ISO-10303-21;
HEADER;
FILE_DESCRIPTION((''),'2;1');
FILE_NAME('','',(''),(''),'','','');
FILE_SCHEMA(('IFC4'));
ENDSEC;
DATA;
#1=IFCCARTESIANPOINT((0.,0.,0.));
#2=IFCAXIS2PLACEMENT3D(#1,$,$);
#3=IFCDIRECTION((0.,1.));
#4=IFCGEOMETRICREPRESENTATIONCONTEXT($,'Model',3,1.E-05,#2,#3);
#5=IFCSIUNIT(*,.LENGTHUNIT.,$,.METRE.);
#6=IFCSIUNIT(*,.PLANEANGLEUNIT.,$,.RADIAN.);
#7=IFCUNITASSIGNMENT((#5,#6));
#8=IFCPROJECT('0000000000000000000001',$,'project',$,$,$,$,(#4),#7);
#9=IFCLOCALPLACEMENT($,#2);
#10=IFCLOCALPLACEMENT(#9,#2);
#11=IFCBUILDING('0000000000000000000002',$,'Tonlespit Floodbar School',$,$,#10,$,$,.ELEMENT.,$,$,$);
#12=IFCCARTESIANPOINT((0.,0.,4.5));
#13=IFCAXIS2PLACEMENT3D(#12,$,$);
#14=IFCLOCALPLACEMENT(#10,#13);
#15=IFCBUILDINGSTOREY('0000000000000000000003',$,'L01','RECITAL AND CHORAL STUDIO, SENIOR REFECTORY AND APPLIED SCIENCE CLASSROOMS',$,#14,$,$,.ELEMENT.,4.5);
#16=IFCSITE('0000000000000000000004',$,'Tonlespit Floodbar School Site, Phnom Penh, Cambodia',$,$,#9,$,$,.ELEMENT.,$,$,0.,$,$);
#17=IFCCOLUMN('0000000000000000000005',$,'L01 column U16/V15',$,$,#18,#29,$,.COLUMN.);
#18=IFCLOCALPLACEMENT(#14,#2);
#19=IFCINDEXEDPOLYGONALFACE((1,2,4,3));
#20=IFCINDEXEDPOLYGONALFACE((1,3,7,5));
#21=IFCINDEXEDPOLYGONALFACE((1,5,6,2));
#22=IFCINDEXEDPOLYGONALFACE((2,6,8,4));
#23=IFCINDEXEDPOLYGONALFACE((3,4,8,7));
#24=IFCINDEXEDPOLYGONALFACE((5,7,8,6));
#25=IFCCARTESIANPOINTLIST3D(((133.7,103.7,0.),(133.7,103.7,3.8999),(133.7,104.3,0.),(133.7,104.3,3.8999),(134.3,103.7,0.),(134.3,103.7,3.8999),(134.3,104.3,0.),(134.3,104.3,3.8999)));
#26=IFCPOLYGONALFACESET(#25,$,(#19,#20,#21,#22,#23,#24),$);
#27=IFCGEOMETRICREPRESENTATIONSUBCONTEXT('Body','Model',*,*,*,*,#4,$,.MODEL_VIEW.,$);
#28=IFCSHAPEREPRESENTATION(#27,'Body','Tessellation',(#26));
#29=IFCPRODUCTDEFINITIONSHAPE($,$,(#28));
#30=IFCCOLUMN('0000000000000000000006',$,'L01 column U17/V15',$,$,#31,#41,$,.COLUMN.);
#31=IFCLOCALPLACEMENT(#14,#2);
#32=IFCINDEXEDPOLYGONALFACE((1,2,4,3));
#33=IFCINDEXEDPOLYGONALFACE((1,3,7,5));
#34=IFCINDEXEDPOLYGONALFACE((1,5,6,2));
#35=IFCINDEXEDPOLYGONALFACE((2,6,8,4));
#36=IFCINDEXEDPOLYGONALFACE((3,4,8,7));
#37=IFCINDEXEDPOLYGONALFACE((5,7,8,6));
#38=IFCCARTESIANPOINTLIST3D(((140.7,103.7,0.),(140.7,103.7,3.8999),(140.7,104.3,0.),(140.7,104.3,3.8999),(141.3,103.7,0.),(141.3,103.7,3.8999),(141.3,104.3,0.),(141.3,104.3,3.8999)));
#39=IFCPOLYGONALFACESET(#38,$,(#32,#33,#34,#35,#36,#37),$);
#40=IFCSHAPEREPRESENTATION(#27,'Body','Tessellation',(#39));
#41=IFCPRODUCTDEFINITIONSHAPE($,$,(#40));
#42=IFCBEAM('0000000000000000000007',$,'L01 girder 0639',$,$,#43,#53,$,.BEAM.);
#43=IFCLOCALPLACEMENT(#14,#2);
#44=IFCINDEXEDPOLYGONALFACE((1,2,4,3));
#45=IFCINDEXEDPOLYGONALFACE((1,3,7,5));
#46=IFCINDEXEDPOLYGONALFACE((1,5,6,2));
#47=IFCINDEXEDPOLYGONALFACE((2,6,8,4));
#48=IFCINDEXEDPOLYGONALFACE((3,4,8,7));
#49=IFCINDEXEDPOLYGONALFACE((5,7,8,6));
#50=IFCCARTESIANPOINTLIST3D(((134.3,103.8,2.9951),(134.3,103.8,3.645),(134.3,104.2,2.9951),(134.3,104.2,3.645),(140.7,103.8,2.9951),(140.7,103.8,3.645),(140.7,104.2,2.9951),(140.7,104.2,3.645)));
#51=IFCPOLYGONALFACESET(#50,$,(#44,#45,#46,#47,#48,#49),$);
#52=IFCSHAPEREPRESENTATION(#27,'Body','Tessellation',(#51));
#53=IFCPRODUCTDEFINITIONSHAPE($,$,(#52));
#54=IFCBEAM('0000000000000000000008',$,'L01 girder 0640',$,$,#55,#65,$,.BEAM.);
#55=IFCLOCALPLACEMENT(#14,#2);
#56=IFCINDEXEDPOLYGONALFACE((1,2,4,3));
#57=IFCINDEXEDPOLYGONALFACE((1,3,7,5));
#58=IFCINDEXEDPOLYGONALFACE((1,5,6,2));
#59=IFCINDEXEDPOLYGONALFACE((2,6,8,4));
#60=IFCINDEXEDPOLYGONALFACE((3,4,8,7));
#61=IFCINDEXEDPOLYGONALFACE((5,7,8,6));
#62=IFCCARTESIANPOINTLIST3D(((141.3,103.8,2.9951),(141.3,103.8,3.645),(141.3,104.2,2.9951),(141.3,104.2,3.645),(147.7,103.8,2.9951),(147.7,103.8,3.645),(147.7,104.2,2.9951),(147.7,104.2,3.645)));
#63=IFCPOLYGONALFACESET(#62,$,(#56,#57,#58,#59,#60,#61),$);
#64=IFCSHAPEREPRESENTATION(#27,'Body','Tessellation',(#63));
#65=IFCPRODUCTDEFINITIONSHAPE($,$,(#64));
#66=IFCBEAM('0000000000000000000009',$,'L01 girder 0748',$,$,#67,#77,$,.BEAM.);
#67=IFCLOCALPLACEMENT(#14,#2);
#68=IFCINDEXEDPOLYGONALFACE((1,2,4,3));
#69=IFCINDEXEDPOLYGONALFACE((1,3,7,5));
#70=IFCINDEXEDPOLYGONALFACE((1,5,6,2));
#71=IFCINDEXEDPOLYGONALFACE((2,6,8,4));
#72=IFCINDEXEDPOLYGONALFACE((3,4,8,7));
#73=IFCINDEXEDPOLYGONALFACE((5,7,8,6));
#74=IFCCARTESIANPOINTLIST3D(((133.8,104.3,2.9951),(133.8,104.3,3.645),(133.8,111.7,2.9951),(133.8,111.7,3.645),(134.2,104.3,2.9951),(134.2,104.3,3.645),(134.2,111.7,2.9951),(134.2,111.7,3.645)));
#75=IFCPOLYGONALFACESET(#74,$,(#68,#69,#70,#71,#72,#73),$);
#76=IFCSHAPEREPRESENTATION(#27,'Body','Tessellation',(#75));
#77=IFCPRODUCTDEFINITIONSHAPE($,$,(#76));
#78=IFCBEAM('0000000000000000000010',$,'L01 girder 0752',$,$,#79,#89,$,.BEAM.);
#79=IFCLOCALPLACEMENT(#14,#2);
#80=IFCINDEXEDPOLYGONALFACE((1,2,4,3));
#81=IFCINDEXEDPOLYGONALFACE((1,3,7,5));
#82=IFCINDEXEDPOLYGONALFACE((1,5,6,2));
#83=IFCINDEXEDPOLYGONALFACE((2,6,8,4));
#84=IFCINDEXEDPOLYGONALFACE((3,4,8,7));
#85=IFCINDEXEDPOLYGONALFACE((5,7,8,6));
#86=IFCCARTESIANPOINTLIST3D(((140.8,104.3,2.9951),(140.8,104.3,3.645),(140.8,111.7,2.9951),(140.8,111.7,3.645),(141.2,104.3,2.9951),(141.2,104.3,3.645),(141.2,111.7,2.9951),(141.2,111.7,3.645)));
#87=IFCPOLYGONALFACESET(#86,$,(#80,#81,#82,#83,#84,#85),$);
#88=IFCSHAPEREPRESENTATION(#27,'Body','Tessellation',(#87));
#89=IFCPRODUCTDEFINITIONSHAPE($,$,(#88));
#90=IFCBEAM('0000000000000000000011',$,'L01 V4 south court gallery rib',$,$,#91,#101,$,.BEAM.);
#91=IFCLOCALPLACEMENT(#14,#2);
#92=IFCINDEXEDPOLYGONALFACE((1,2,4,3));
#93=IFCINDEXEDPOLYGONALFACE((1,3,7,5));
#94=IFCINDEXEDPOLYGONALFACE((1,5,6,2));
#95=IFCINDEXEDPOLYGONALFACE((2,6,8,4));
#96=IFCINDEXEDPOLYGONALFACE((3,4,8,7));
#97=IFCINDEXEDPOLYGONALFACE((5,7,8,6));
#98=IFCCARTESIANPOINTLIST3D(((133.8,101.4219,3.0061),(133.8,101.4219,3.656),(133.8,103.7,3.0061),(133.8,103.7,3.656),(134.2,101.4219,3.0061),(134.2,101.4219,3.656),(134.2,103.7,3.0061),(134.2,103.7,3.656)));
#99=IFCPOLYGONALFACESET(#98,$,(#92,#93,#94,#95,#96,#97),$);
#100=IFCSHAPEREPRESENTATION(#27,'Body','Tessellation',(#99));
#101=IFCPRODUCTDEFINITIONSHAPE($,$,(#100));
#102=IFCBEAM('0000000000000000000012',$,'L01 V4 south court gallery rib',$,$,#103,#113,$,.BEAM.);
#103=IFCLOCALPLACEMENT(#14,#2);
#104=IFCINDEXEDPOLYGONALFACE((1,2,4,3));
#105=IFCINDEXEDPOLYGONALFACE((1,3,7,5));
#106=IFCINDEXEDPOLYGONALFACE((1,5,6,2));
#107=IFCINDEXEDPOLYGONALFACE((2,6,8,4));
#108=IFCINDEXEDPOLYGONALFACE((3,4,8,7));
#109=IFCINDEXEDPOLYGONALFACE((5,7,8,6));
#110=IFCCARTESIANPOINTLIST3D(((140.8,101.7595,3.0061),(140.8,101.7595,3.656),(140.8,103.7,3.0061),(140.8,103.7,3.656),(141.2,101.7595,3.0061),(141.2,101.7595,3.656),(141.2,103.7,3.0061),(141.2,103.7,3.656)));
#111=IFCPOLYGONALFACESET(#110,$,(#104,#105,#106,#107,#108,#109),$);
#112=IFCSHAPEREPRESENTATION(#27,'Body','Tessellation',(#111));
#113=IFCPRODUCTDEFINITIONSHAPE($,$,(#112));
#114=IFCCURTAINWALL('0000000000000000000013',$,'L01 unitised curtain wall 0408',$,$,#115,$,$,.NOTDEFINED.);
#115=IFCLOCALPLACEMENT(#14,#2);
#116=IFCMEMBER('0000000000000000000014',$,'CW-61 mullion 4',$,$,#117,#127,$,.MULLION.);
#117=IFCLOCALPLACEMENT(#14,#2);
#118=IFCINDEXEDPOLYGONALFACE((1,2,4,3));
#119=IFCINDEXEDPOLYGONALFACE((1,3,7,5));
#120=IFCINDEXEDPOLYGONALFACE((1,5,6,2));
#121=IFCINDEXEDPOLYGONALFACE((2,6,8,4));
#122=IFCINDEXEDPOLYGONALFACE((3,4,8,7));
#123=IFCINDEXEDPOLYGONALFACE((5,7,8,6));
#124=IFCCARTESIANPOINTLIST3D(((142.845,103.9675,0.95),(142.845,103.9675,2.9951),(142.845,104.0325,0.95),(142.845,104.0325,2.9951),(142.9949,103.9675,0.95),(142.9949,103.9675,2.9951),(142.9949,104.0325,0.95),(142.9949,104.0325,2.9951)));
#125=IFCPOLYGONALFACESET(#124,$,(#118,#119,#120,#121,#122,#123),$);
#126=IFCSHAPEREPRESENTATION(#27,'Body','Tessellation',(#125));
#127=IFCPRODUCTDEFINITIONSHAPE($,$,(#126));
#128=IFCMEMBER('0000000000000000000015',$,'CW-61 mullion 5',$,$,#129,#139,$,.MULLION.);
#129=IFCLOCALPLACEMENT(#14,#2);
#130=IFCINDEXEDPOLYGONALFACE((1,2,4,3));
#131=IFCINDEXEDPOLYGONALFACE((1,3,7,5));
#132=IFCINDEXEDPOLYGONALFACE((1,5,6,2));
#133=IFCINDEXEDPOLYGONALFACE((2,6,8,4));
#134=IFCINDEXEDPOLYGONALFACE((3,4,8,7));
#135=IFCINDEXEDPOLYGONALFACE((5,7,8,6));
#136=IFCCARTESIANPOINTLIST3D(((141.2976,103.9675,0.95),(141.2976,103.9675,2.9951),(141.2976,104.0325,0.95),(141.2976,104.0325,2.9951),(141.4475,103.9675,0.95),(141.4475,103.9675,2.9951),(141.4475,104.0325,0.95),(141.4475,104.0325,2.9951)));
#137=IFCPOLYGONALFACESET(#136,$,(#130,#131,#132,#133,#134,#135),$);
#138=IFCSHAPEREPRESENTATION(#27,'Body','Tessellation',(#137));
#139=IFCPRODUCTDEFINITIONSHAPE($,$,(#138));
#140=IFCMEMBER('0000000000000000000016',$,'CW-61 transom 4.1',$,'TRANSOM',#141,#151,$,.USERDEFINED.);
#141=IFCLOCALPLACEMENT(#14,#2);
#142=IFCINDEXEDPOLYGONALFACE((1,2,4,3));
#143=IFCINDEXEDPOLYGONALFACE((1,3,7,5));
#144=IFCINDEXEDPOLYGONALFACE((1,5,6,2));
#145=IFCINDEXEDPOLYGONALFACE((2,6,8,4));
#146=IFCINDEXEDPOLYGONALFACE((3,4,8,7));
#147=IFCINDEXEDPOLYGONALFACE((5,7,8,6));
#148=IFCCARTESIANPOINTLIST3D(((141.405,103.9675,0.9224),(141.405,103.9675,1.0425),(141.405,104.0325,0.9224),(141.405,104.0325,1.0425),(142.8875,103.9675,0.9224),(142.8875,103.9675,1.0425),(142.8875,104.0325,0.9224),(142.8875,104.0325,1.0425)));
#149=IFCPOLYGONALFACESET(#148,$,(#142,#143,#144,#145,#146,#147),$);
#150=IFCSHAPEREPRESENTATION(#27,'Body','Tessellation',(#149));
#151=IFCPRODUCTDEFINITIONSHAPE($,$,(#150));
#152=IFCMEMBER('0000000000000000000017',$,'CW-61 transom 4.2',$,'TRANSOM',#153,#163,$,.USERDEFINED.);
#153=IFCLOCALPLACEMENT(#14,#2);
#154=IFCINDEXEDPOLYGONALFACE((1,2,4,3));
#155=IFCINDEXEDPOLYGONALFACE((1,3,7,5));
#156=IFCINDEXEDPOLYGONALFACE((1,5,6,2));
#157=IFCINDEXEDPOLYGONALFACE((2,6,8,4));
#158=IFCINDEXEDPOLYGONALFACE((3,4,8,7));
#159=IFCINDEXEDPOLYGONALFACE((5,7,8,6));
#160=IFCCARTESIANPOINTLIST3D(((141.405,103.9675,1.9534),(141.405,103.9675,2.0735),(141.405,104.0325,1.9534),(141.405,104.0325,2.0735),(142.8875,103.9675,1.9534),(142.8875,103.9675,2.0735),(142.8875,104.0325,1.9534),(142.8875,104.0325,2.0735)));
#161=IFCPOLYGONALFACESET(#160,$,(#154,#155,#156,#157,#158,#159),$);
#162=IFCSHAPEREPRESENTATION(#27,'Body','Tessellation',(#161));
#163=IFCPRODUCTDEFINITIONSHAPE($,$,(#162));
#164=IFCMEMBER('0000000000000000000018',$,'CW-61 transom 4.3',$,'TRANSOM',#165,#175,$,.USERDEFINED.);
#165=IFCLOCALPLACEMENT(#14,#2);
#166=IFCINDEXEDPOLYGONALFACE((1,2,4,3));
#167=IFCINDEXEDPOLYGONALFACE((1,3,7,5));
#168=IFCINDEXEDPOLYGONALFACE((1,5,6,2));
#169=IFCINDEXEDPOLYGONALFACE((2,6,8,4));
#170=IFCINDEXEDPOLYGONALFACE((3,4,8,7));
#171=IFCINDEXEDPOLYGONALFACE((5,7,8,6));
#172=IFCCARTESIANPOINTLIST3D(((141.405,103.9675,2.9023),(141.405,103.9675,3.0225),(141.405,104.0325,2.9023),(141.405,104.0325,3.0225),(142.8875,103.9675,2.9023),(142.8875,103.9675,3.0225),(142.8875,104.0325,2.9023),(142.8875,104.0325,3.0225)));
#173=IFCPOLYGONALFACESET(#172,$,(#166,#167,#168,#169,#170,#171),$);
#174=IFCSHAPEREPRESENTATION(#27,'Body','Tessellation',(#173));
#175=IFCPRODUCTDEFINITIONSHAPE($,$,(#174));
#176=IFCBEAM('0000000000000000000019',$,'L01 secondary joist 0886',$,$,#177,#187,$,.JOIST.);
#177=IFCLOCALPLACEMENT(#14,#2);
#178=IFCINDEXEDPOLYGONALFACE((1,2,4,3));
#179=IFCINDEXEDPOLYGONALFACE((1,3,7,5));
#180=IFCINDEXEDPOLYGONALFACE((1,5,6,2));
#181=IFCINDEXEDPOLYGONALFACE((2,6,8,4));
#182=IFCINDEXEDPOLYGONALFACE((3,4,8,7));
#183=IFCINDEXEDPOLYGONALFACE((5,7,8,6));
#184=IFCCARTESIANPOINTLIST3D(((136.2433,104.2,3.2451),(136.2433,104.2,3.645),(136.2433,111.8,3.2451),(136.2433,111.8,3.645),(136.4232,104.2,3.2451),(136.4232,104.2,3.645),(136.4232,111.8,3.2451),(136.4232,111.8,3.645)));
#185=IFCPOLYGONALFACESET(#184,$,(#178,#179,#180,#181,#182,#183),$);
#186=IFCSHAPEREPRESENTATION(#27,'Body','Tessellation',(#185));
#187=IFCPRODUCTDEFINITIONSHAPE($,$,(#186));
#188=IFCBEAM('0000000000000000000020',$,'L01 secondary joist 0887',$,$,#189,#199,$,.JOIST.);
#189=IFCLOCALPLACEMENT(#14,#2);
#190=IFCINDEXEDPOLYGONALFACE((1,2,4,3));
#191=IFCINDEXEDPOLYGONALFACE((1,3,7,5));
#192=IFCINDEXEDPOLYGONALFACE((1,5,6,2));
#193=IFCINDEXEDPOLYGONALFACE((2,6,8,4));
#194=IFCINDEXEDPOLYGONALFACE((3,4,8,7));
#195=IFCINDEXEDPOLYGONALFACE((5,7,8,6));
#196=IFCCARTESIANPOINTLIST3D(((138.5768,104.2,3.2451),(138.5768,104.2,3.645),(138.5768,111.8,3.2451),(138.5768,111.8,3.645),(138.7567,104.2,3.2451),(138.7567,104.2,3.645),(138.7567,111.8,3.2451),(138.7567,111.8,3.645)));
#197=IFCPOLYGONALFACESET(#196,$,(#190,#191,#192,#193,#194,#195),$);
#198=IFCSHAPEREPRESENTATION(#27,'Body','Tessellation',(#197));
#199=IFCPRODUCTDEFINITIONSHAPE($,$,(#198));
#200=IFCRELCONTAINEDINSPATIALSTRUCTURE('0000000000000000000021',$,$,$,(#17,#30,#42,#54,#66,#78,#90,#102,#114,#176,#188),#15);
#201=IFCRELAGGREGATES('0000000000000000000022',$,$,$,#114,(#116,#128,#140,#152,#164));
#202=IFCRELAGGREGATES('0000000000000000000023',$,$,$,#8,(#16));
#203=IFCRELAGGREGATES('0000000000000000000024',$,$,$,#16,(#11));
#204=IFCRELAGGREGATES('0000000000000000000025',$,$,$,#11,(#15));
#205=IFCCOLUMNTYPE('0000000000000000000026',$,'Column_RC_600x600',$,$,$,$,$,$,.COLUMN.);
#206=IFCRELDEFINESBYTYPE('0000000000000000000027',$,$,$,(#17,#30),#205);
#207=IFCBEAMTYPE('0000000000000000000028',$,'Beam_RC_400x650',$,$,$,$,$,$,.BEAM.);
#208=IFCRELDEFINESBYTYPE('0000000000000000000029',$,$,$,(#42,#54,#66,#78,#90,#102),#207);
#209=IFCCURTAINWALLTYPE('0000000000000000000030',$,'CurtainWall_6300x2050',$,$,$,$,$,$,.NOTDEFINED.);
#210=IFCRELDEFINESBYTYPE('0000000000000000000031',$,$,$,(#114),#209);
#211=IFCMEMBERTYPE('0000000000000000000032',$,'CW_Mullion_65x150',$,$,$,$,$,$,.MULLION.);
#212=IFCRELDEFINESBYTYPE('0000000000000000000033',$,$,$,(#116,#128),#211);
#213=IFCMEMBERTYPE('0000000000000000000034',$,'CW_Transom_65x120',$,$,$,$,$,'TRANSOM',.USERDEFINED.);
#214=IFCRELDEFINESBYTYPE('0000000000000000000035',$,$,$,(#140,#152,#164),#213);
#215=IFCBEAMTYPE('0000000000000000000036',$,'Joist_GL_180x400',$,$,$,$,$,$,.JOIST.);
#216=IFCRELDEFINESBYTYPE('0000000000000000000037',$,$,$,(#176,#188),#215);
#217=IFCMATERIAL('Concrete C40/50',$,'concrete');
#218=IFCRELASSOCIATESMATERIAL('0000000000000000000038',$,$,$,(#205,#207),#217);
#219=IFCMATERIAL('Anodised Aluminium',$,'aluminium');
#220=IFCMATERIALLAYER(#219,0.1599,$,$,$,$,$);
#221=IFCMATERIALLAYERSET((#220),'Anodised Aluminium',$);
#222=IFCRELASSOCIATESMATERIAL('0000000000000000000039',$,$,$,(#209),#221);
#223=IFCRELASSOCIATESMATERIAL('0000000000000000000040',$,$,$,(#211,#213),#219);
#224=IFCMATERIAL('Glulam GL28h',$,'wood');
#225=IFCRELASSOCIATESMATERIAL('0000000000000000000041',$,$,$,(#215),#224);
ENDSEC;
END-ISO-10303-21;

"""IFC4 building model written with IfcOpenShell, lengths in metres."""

from ifc_helpers import new_model, si_unit, direction, frame, origin, origin_2d, place, context, subcontext, project, spatial, rectangle, extrude, material, layer, layer_set, material_profile, profile_set, type_object, element, aggregate, save


model = new_model("IFC4")

# Units and contexts
model_context = context("Model", 3, precision=1e-05, world=origin(), true_north=direction((0.0, 1.0)))
body_context = subcontext(model_context, "Body", "Model", "MODEL_VIEW")
ifc_project = project(units=[si_unit("LENGTHUNIT", "METRE"), si_unit("PLANEANGLEUNIT", "RADIAN")], contexts=[model_context])

# Site, building, storey
site_placement = place(None, origin())
site = spatial("IfcSite", under=ifc_project, at=site_placement, Name="Tonlespit Floodbar School Site, Phnom Penh, Cambodia", CompositionType="ELEMENT", RefElevation=0.0)
building_placement = place(site_placement, origin())
building = spatial("IfcBuilding", under=site, at=building_placement, Name="Tonlespit Floodbar School", CompositionType="ELEMENT")
storey_placement = place(building_placement, frame((0.0, 0.0, 4.5)))
storey = spatial("IfcBuildingStorey", under=building, at=storey_placement, Name="L01", Description="RECITAL AND CHORAL STUDIO, SENIOR REFECTORY AND APPLIED SCIENCE CLASSROOMS", CompositionType="ELEMENT", Elevation=4.5)

# Columns
ifc_material_1 = material(Name="Concrete C40/50", Category="concrete")
ifc_material_profile_1 = material_profile(ifc_material_1, rectangle(XDim=0.6001, YDim=0.6001, at=origin_2d()), Name="RC 600x600")
ifc_profile_set_1 = profile_set([ifc_material_profile_1], Name="Concrete C40/50")
column_type = type_object("IfcColumnType", Name="Column_RC_600x600", PredefinedType="COLUMN", material=ifc_profile_set_1)
for number, where, z_axis, x_axis, name in (
    (1, (134.0, 104.0, 0.0), (0.0, 0.0, 1.0), (1.0, 0.0, 0.0), "L01 column U16/V15"),
    (2, (141.0, 104.0, 0.0), (0.0, 0.0, 1.0), (1.0, 0.0, 0.0), "L01 column U17/V15"),
):
    element("IfcColumn", number, at=place(storey_placement, frame(where, z_axis=z_axis, x_axis=x_axis)), inside=storey, type_object=column_type, Name=name, PredefinedType="COLUMN", context=body_context, shape_type="SweptSolid", body=[
        extrude(rectangle(XDim=0.6001, YDim=0.6001, at=origin_2d()), origin(), (0.0, 0.0, 1.0), 3.8999),
    ])

# Beams
ifc_material_profile_2 = material_profile(ifc_material_1, rectangle(XDim=0.3999, YDim=0.6499, at=origin_2d()), Name="RC 400x650")
ifc_profile_set_2 = profile_set([ifc_material_profile_2], Name="Concrete C40/50")
beam_type_1 = type_object("IfcBeamType", Name="Beam_RC_400x650", PredefinedType="BEAM", material=ifc_profile_set_2)
for number, where, z_axis, x_axis, name in (
    (3, (134.3, 104.0, 3.3201), (1.0, 0.0, 0.0), (0.0, 1.0, 0.0), "L01 girder 0639"),
    (4, (141.3, 104.0, 3.3201), (1.0, 0.0, 0.0), (0.0, 1.0, 0.0), "L01 girder 0640"),
):
    element("IfcBeam", number, at=place(storey_placement, frame(where, z_axis=z_axis, x_axis=x_axis)), inside=storey, type_object=beam_type_1, Name=name, PredefinedType="BEAM", context=body_context, shape_type="SweptSolid", body=[
        extrude(rectangle(XDim=0.3999, YDim=0.6499, at=origin_2d()), origin(), (0.0, 0.0, 1.0), 6.3999),
    ])
for number, where, z_axis, x_axis, name in (
    (5, (134.0, 104.3, 3.3201), (0.0, 1.0, 0.0), (-1.0, 0.0, 0.0), "L01 girder 0748"),
    (6, (141.0, 104.3, 3.3201), (0.0, 1.0, 0.0), (-1.0, 0.0, 0.0), "L01 girder 0752"),
):
    element("IfcBeam", number, at=place(storey_placement, frame(where, z_axis=z_axis, x_axis=x_axis)), inside=storey, type_object=beam_type_1, Name=name, PredefinedType="BEAM", context=body_context, shape_type="SweptSolid", body=[
        extrude(rectangle(XDim=0.3999, YDim=0.6499, at=origin_2d()), origin(), (0.0, 0.0, 1.0), 7.3999),
    ])
beam_1_placement = place(storey_placement, frame((134.0, 103.7, 3.3311), z_axis=(0.0, -1.0, 0.0), x_axis=(1.0, 0.0, 0.0)))
element("IfcBeam", 7, at=beam_1_placement, inside=storey, type_object=beam_type_1, Name="L01 V4 south court gallery rib", PredefinedType="BEAM", context=body_context, shape_type="SweptSolid", body=[
    extrude(rectangle(XDim=0.3999, YDim=0.6499, at=origin_2d()), origin(), (0.0, 0.0, 1.0), 2.2781),
])
beam_2_placement = place(storey_placement, frame((141.0, 103.7, 3.3311), z_axis=(0.0, -1.0, 0.0), x_axis=(1.0, 0.0, 0.0)))
element("IfcBeam", 8, at=beam_2_placement, inside=storey, type_object=beam_type_1, Name="L01 V4 south court gallery rib", PredefinedType="BEAM", context=body_context, shape_type="SweptSolid", body=[
    extrude(rectangle(XDim=0.3999, YDim=0.6499, at=origin_2d()), origin(), (0.0, 0.0, 1.0), 1.9404),
])

# Curtain wall, members
ifc_material_2 = material(Name="Anodised Aluminium", Category="aluminium")
ifc_layer_1 = layer(ifc_material_2, 0.1599)
ifc_layer_set_1 = layer_set([ifc_layer_1], Name="Anodised Aluminium")
curtain_wall_type = type_object("IfcCurtainWallType", Name="CurtainWall_6300x2050", PredefinedType="NOTDEFINED", material=ifc_layer_set_1)
curtain_wall_placement = place(storey_placement, origin())
curtain_wall = element("IfcCurtainWall", 9, at=curtain_wall_placement, inside=storey, type_object=curtain_wall_type, Name="L01 unitised curtain wall 0408", PredefinedType="NOTDEFINED")
ifc_material_profile_3 = material_profile(ifc_material_2, rectangle(XDim=0.0649, YDim=0.1499, at=origin_2d()), Name="ALU M65x150")
ifc_profile_set_3 = profile_set([ifc_material_profile_3], Name="Anodised Aluminium")
member_type_1 = type_object("IfcMemberType", Name="CW_Mullion_65x150", PredefinedType="MULLION", material=ifc_profile_set_3)
member_1_placement = place(storey_placement, frame((142.9199, 104.0, 0.95), z_axis=(0.0, 0.0, 1.0), x_axis=(0.0, -1.0, 0.0)))
member_1 = element("IfcMember", 10, at=member_1_placement, type_object=member_type_1, Name="CW-61 mullion 4", PredefinedType="MULLION", context=body_context, shape_type="SweptSolid", body=[
    extrude(rectangle(XDim=0.0649, YDim=0.1499, at=origin_2d()), origin(), (0.0, 0.0, 1.0), 2.0452),
])
member_2_placement = place(storey_placement, frame((141.3726, 104.0, 0.95), z_axis=(0.0, 0.0, 1.0), x_axis=(0.0, -1.0, 0.0)))
member_2 = element("IfcMember", 11, at=member_2_placement, type_object=member_type_1, Name="CW-61 mullion 5", PredefinedType="MULLION", context=body_context, shape_type="SweptSolid", body=[
    extrude(rectangle(XDim=0.0649, YDim=0.1499, at=origin_2d()), origin(), (0.0, 0.0, 1.0), 2.0452),
])
ifc_material_profile_4 = material_profile(ifc_material_2, rectangle(XDim=0.0649, YDim=0.1201, at=origin_2d()), Name="ALU T65x120")
ifc_profile_set_4 = profile_set([ifc_material_profile_4], Name="Anodised Aluminium")
member_type_2 = type_object("IfcMemberType", Name="CW_Transom_65x120", ElementType="TRANSOM", PredefinedType="USERDEFINED", material=ifc_profile_set_4)
member_3_placement = place(storey_placement, frame((142.8875, 104.0, 0.9824), z_axis=(-1.0, 0.0, 0.0), x_axis=(0.0, -1.0, 0.0)))
member_3 = element("IfcMember", 12, at=member_3_placement, type_object=member_type_2, Name="CW-61 transom 4.1", ObjectType="TRANSOM", PredefinedType="USERDEFINED", context=body_context, shape_type="SweptSolid", body=[
    extrude(rectangle(XDim=0.0649, YDim=0.1201, at=origin_2d()), origin(), (0.0, 0.0, 1.0), 1.4824),
])
member_4_placement = place(storey_placement, frame((142.8875, 104.0, 2.0134), z_axis=(-1.0, 0.0, 0.0), x_axis=(0.0, -1.0, 0.0)))
member_4 = element("IfcMember", 13, at=member_4_placement, type_object=member_type_2, Name="CW-61 transom 4.2", ObjectType="TRANSOM", PredefinedType="USERDEFINED", context=body_context, shape_type="SweptSolid", body=[
    extrude(rectangle(XDim=0.0649, YDim=0.1201, at=origin_2d()), origin(), (0.0, 0.0, 1.0), 1.4824),
])
member_5_placement = place(storey_placement, frame((142.8875, 104.0, 2.9624), z_axis=(-1.0, 0.0, 0.0), x_axis=(0.0, -1.0, 0.0)))
member_5 = element("IfcMember", 14, at=member_5_placement, type_object=member_type_2, Name="CW-61 transom 4.3", ObjectType="TRANSOM", PredefinedType="USERDEFINED", context=body_context, shape_type="SweptSolid", body=[
    extrude(rectangle(XDim=0.0649, YDim=0.1201, at=origin_2d()), origin(), (0.0, 0.0, 1.0), 1.4824),
])

# Beams
ifc_material_3 = material(Name="Glulam GL28h", Category="wood")
ifc_material_profile_5 = material_profile(ifc_material_3, rectangle(XDim=0.1799, YDim=0.3999, at=origin_2d()), Name="GL 180x400")
ifc_profile_set_5 = profile_set([ifc_material_profile_5], Name="Glulam GL28h")
beam_type_2 = type_object("IfcBeamType", Name="Joist_GL_180x400", PredefinedType="JOIST", material=ifc_profile_set_5)
for number, where, z_axis, x_axis, name in (
    (15, (136.3333, 104.2, 3.4451), (0.0, 1.0, 0.0), (-1.0, 0.0, 0.0), "L01 secondary joist 0886"),
    (16, (138.6667, 104.2, 3.4451), (0.0, 1.0, 0.0), (-1.0, 0.0, 0.0), "L01 secondary joist 0887"),
):
    element("IfcBeam", number, at=place(storey_placement, frame(where, z_axis=z_axis, x_axis=x_axis)), inside=storey, type_object=beam_type_2, Name=name, PredefinedType="JOIST", context=body_context, shape_type="SweptSolid", body=[
        extrude(rectangle(XDim=0.1799, YDim=0.3999, at=origin_2d()), origin(), (0.0, 0.0, 1.0), 7.6001),
    ])

aggregate(curtain_wall, [member_1, member_2, member_3, member_4, member_5])

save(model, "model.ifc")
